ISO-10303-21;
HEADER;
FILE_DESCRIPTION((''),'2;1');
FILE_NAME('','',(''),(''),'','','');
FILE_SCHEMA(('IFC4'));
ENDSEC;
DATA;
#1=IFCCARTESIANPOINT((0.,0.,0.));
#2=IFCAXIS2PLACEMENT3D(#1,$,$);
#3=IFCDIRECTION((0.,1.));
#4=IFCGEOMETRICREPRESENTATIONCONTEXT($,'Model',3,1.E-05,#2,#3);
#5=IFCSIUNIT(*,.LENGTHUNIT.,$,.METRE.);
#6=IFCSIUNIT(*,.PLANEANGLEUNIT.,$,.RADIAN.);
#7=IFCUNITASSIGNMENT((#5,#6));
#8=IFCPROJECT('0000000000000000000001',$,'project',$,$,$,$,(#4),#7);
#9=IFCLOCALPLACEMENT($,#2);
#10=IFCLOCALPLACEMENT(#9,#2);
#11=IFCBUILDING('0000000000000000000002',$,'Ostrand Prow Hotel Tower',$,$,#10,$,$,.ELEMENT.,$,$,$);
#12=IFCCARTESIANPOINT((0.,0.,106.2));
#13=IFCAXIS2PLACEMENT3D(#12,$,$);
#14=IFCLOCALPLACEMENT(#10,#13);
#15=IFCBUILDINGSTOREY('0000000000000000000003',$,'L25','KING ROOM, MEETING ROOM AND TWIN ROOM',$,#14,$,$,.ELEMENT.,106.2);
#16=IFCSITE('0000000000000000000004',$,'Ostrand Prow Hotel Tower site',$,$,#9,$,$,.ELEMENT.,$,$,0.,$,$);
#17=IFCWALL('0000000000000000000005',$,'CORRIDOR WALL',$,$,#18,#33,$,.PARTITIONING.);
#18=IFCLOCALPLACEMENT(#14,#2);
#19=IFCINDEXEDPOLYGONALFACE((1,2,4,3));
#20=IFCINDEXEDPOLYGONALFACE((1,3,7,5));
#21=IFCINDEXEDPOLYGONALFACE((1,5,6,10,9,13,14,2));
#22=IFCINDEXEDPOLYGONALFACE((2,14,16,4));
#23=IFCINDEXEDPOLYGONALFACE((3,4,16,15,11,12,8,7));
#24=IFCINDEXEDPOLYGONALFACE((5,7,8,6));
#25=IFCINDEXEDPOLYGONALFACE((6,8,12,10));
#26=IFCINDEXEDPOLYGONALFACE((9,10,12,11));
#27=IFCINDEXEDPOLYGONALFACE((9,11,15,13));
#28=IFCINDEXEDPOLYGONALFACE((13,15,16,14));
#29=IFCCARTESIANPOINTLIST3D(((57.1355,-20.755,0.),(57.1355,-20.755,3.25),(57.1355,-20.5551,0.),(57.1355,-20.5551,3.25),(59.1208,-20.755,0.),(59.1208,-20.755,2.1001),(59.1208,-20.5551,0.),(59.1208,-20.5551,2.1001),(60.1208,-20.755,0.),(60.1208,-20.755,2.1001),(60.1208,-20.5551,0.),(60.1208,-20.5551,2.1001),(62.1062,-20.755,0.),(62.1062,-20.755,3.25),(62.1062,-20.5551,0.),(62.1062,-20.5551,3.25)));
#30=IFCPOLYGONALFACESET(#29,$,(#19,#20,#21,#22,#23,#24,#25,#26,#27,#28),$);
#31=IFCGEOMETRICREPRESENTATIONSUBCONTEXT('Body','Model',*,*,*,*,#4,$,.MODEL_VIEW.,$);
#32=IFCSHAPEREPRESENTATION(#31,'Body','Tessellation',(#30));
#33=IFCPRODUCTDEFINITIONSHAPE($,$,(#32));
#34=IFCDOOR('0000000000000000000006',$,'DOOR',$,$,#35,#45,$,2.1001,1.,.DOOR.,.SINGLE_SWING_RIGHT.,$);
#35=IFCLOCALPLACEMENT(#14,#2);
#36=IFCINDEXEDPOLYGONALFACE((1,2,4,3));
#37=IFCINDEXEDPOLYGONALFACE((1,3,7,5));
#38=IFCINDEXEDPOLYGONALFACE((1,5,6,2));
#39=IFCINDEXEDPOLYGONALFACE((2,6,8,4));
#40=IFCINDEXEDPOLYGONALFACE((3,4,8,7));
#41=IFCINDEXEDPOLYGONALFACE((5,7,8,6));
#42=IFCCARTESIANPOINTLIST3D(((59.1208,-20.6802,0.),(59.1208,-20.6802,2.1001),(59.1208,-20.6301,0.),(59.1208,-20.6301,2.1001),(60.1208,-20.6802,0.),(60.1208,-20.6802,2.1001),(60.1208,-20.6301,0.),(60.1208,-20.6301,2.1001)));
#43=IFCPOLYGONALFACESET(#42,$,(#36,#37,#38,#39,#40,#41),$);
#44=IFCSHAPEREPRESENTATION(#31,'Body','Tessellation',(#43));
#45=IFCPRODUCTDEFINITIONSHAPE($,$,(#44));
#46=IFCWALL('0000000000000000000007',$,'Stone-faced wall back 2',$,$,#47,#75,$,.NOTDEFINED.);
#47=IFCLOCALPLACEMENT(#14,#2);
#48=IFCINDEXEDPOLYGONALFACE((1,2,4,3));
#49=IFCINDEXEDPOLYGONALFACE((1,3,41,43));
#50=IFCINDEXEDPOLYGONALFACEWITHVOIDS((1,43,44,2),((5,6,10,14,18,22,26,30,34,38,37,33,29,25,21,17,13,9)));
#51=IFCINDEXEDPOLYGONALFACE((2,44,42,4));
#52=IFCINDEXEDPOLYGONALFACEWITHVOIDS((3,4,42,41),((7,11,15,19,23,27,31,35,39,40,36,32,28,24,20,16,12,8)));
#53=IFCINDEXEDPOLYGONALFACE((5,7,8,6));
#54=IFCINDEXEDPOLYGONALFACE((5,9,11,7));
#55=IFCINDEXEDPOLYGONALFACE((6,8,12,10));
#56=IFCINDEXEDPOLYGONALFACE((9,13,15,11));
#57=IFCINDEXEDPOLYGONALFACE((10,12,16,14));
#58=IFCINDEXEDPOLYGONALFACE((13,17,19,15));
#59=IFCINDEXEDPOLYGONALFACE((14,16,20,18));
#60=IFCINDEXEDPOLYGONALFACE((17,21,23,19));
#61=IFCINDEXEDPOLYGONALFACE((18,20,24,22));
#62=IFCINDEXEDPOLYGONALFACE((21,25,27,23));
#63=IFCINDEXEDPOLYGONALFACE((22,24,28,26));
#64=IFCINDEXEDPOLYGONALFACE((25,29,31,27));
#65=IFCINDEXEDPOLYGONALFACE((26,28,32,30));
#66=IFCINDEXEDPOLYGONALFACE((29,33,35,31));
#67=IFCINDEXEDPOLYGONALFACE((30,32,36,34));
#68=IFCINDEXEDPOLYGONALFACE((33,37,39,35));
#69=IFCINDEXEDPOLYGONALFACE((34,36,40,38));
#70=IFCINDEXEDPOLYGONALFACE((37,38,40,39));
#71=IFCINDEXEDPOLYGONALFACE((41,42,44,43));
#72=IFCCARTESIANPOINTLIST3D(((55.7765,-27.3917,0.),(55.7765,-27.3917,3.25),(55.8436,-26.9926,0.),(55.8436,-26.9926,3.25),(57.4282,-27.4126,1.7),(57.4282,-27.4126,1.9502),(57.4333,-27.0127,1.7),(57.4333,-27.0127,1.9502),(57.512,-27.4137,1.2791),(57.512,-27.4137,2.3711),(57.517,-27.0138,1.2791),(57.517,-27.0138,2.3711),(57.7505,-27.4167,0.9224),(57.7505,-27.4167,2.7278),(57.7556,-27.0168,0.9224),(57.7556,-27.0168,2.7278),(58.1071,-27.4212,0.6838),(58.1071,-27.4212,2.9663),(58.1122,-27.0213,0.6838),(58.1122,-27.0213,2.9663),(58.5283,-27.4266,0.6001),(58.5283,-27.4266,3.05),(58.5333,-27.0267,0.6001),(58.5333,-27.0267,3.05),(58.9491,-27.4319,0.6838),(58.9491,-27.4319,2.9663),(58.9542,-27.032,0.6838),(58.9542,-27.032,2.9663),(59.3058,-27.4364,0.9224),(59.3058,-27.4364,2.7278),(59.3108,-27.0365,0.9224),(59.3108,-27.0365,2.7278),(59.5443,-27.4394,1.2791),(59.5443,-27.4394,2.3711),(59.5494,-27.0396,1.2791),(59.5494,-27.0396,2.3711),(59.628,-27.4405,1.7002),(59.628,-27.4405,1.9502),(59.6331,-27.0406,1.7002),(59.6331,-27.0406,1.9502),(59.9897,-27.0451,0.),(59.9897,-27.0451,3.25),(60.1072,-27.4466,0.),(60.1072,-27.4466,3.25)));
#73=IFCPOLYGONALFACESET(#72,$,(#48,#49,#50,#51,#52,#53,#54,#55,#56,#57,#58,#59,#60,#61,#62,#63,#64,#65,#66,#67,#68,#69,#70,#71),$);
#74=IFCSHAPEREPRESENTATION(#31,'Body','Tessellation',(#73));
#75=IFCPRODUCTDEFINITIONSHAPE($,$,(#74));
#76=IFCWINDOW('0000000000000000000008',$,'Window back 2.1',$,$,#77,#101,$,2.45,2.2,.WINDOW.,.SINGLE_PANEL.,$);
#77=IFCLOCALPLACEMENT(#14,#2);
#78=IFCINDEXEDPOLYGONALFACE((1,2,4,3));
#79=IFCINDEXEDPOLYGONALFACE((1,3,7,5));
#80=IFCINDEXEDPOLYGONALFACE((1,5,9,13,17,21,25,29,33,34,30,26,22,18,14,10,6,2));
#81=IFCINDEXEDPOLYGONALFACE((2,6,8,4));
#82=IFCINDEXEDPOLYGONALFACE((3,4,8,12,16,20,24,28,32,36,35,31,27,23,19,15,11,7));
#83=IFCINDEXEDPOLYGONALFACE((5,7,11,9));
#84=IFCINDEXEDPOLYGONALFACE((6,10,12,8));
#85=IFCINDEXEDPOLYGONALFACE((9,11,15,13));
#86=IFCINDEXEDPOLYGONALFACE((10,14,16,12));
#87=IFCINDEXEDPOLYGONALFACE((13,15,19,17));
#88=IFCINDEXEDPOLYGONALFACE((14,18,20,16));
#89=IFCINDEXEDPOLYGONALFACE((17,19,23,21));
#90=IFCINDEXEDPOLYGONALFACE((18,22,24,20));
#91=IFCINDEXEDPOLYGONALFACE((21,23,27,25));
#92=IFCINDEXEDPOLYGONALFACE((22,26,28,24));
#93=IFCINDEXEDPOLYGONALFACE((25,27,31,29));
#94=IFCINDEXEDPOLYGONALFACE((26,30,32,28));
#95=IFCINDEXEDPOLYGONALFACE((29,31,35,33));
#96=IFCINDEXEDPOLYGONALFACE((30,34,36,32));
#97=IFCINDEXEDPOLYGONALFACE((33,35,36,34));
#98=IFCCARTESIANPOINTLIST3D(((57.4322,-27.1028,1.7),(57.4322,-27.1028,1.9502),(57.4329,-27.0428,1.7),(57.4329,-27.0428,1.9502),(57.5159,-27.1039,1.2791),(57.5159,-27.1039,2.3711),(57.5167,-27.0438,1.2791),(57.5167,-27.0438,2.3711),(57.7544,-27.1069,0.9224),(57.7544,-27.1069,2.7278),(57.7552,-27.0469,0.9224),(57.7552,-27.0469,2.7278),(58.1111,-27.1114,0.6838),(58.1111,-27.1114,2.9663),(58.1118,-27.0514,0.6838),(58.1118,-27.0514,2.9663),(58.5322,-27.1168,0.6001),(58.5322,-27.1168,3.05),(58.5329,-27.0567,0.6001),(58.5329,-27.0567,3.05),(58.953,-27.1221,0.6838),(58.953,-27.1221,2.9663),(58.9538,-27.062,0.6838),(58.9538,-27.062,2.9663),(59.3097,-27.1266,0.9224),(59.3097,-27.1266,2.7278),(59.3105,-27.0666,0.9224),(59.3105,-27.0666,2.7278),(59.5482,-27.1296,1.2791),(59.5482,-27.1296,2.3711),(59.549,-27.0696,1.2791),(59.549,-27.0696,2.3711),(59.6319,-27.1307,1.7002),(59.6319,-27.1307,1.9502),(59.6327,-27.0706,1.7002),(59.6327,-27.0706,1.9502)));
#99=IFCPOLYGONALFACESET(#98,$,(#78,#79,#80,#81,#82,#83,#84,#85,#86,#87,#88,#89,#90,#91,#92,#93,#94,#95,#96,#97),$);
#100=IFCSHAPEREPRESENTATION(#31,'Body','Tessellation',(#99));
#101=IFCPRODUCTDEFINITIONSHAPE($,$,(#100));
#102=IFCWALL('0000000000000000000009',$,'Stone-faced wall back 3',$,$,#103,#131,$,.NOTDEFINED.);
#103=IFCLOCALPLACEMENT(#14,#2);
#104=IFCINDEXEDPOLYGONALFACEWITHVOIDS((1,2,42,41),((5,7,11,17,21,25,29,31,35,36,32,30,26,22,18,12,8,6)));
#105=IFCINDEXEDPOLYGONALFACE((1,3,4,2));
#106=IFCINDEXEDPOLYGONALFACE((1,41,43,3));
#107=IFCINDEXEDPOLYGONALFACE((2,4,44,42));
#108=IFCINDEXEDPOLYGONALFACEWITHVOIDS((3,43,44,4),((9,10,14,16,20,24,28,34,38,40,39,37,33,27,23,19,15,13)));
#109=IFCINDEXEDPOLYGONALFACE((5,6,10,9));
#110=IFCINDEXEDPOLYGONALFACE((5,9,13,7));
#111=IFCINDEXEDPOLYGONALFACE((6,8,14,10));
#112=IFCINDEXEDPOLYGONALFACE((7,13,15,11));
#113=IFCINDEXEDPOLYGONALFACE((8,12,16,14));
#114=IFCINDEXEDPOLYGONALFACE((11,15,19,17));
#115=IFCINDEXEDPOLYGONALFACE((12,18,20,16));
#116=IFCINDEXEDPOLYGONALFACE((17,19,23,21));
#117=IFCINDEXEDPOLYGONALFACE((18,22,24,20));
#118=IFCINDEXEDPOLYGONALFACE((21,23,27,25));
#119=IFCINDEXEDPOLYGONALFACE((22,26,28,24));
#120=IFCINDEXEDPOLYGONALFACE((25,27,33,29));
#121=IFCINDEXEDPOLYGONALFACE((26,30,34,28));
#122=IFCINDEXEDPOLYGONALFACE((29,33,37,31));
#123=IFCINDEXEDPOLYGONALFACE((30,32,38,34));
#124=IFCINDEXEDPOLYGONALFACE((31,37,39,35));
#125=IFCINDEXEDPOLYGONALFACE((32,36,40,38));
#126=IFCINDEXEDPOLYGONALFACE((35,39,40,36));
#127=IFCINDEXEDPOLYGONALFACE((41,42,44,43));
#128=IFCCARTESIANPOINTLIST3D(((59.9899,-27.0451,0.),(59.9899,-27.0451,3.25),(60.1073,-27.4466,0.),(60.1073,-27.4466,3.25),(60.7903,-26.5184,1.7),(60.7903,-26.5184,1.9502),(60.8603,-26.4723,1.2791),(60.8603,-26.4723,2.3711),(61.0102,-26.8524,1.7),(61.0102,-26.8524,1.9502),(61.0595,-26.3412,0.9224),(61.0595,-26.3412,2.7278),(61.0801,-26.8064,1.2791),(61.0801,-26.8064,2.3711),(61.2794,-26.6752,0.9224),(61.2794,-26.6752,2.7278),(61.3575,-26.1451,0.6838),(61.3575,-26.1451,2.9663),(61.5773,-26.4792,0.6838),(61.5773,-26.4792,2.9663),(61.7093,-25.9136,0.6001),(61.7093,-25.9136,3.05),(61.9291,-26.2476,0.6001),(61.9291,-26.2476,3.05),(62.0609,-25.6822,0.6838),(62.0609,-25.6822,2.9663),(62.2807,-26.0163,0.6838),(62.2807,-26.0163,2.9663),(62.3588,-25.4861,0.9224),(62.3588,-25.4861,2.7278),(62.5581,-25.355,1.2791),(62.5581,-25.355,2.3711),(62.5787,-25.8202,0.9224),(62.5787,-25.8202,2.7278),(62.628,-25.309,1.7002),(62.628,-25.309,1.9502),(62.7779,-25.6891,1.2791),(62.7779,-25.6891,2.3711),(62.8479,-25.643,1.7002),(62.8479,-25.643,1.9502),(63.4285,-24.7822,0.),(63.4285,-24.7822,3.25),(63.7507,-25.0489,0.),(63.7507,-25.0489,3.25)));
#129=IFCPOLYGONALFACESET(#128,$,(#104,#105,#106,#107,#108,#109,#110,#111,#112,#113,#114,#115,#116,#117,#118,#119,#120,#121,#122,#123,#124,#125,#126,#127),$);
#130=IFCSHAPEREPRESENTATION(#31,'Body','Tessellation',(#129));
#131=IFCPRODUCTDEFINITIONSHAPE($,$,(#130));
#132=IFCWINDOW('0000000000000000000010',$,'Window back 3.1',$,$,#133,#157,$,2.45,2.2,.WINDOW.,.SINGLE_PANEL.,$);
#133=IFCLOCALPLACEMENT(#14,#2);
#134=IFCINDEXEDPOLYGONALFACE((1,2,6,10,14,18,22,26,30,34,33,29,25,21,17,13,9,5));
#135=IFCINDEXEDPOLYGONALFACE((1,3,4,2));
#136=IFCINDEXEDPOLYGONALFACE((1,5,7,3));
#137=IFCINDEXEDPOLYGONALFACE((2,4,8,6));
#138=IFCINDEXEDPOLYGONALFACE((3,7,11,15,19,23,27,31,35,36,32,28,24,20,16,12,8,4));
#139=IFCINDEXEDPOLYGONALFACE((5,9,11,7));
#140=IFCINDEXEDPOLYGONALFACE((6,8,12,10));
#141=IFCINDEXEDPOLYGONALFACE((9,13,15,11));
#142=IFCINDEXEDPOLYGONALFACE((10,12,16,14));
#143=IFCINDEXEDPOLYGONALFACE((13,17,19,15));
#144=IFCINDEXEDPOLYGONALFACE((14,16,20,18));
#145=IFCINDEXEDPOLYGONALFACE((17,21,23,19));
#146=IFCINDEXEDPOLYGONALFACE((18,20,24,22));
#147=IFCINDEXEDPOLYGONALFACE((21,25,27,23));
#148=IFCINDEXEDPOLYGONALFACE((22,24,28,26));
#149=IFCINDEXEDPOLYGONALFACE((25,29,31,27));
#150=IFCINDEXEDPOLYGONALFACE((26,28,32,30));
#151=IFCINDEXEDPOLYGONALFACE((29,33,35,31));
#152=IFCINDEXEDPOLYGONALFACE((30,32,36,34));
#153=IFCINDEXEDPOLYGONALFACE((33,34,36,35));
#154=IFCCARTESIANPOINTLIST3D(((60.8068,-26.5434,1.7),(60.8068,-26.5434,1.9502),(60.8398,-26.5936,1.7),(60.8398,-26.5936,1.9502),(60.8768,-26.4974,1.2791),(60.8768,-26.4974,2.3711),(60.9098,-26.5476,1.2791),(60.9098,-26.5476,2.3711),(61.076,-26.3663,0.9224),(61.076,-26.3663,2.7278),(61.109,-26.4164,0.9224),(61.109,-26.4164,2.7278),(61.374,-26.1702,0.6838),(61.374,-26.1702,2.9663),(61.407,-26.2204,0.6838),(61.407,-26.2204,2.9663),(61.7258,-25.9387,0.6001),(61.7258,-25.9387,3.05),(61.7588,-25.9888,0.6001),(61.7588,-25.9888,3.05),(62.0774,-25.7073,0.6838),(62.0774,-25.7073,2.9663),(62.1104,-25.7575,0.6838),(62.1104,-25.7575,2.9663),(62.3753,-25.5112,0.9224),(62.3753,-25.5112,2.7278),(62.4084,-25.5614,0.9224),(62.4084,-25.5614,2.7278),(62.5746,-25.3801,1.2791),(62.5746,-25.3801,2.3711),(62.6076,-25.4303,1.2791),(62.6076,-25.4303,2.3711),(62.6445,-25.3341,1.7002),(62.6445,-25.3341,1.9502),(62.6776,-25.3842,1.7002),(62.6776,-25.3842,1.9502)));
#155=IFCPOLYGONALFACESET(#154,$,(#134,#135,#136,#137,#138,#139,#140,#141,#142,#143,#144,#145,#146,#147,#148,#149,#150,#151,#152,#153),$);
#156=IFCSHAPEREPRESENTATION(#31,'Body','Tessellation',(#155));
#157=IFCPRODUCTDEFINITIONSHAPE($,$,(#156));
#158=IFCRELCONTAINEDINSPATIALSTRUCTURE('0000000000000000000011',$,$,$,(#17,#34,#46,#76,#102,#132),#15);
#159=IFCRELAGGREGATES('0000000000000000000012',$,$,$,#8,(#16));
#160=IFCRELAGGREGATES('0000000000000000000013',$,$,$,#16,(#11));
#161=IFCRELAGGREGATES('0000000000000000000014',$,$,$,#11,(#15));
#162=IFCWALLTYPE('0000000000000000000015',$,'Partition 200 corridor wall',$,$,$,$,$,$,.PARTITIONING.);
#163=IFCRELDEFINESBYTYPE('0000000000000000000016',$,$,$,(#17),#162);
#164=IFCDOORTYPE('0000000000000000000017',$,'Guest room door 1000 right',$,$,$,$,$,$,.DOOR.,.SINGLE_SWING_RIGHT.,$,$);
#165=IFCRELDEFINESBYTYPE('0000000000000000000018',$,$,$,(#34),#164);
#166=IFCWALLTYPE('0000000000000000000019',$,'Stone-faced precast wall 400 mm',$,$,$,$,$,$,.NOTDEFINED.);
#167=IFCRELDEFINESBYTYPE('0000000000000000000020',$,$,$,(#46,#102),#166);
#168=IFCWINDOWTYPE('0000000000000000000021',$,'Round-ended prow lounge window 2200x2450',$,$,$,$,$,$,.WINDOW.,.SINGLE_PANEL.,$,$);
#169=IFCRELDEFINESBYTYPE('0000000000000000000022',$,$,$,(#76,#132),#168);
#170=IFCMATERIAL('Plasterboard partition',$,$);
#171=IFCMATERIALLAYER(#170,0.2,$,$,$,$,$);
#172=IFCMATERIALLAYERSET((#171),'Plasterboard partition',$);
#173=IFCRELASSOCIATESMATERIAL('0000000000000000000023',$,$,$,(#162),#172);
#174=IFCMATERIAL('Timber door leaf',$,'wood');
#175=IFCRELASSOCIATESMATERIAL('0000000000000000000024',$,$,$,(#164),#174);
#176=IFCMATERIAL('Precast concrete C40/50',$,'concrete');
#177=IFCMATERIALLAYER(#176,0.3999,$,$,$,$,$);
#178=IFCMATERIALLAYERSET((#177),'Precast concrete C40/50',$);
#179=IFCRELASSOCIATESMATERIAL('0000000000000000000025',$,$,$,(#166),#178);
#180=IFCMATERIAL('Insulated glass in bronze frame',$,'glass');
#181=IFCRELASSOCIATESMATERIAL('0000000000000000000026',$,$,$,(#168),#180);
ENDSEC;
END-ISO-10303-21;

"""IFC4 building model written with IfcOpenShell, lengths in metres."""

from ifc_helpers import new_model, si_unit, direction, frame, frame_2d, origin, place, context, subcontext, project, spatial, polyline, rectangle, outline, extrude, material, layer, layer_set, type_object, element, fill, save


model = new_model("IFC4")

# Units and contexts
model_context = context("Model", 3, precision=1e-05, world=origin(), true_north=direction((0.0, 1.0)))
body_context = subcontext(model_context, "Body", "Model", "MODEL_VIEW")
ifc_project = project(units=[si_unit("LENGTHUNIT", "METRE"), si_unit("PLANEANGLEUNIT", "RADIAN")], contexts=[model_context])

# Site, building, storey
site_placement = place(None, origin())
site = spatial("IfcSite", under=ifc_project, at=site_placement, Name="Ostrand Prow Hotel Tower site", CompositionType="ELEMENT", RefElevation=0.0)
building_placement = place(site_placement, origin())
building = spatial("IfcBuilding", under=site, at=building_placement, Name="Ostrand Prow Hotel Tower", CompositionType="ELEMENT")
storey_placement = place(building_placement, frame((0.0, 0.0, 106.2)))
storey = spatial("IfcBuildingStorey", under=building, at=storey_placement, Name="L25", Description="KING ROOM, MEETING ROOM AND TWIN ROOM", CompositionType="ELEMENT", Elevation=106.2)

# Wall, opening, door
ifc_material_1 = material(Name="Plasterboard partition")
ifc_layer_1 = layer(ifc_material_1, 0.2)
ifc_layer_set_1 = layer_set([ifc_layer_1], Name="Plasterboard partition")
wall_type_1 = type_object("IfcWallType", Name="Partition 200 corridor wall", PredefinedType="PARTITIONING", material=ifc_layer_set_1)
wall_1_placement = place(storey_placement, frame((57.1355, -20.655, 0.0), z_axis=(0.0, 0.0, 1.0), x_axis=(1.0, 0.0, 0.0)))
wall_1 = element("IfcWall", 1, at=wall_1_placement, inside=storey, type_object=wall_type_1, Name="CORRIDOR WALL", PredefinedType="PARTITIONING", context=body_context, shape_type="SweptSolid", body=[
    extrude(rectangle(XDim=4.9707, YDim=0.2, at=frame_2d((2.4854, 0.0))), origin(), (0.0, 0.0, 1.0), 3.25),
])
opening_1_placement = place(wall_1_placement, frame((1.9854, 0.0, 0.0)))
opening_1 = element("IfcOpeningElement", 2, at=opening_1_placement, cuts=wall_1, PredefinedType="OPENING", context=body_context, shape_type="SweptSolid", body=[
    extrude(rectangle(XDim=1.0, YDim=2.1001, at=frame_2d((0.5, 1.05))), frame((0.0, 0.1099, 0.0), z_axis=(0.0, -1.0, 0.0), x_axis=(1.0, 0.0, 0.0)), (0.0, 0.0, 1.0), 0.22),
])
ifc_material_2 = material(Name="Timber door leaf", Category="wood")
door_type_1 = type_object("IfcDoorType", Name="Guest room door 1000 right", OperationType="SINGLE_SWING_RIGHT", PredefinedType="DOOR", material=ifc_material_2)
door_1_placement = place(opening_1_placement, origin())
door_1 = element("IfcDoor", 3, at=door_1_placement, inside=storey, type_object=door_type_1, Name="DOOR", OperationType="SINGLE_SWING_RIGHT", OverallHeight=2.1001, OverallWidth=1.0, PredefinedType="DOOR", context=body_context, shape_type="SweptSolid", body=[
    extrude(rectangle(XDim=1.0, YDim=2.1001, at=frame_2d((0.5, 1.05))), frame((0.0, 0.0249, 0.0), z_axis=(0.0, -1.0, 0.0), x_axis=(1.0, 0.0, 0.0)), (0.0, 0.0, 1.0), 0.05),
])
fill(opening_1, door_1)

# Walls, openings, windows
ifc_material_3 = material(Name="Precast concrete C40/50", Category="concrete")
ifc_layer_2 = layer(ifc_material_3, 0.3999)
ifc_layer_set_2 = layer_set([ifc_layer_2], Name="Precast concrete C40/50")
wall_type_2 = type_object("IfcWallType", Name="Stone-faced precast wall 400 mm", PredefinedType="NOTDEFINED", material=ifc_layer_set_2)
wall_2_placement = place(storey_placement, frame((55.8101, -27.1921, 0.0), z_axis=(0.0, 0.0, 1.0), x_axis=(0.99992, -0.012671, 0.0)))
wall_2 = element("IfcWall", 4, at=wall_2_placement, inside=storey, type_object=wall_type_2, Name="Stone-faced wall back 2", PredefinedType="NOTDEFINED", context=body_context, shape_type="SweptSolid", body=[
    extrude(outline(polyline([(-0.031, -0.2), (4.3, -0.2), (4.1775, 0.2), (0.031, 0.2), (-0.031, -0.2)])), origin(), (0.0, 0.0, 1.0), 3.25),
])
opening_2_placement = place(wall_2_placement, frame((1.6208, 0.0, 0.6001)))
opening_2 = element("IfcOpeningElement", 5, at=opening_2_placement, cuts=wall_2, PredefinedType="OPENING", context=body_context, shape_type="SweptSolid", body=[
    extrude(outline(polyline([(0.0, 1.3501), (0.0837, 1.771), (0.3223, 2.1277), (0.679, 2.3662), (1.1001, 2.45), (1.521, 2.3662), (1.8777, 2.1277), (2.1162, 1.771), (2.2, 1.3501), (2.2, 1.1001), (2.1162, 0.679), (1.8777, 0.3223), (1.521, 0.0837), (1.1001, 0.0), (0.679, 0.0837), (0.3223, 0.3223), (0.0837, 0.679), (0.0, 1.0999), (0.0, 1.3501)])), frame((0.0, 0.21, 0.0), z_axis=(0.0, -1.0, 0.0), x_axis=(1.0, 0.0, 0.0)), (0.0, 0.0, 1.0), 0.4199),
])
ifc_material_4 = material(Name="Insulated glass in bronze frame", Category="glass")
window_type_1 = type_object("IfcWindowType", Name="Round-ended prow lounge window 2200x2450", PartitioningType="SINGLE_PANEL", PredefinedType="WINDOW", material=ifc_material_4)
window_1_placement = place(opening_2_placement, origin())
window_1 = element("IfcWindow", 6, at=window_1_placement, inside=storey, type_object=window_type_1, Name="Window back 2.1", OverallHeight=2.45, OverallWidth=2.2, PartitioningType="SINGLE_PANEL", PredefinedType="WINDOW", context=body_context, shape_type="SweptSolid", body=[
    extrude(outline(polyline([(0.0, 1.3501), (0.0837, 1.771), (0.3223, 2.1277), (0.679, 2.3662), (1.1001, 2.45), (1.521, 2.3662), (1.8777, 2.1277), (2.1162, 1.771), (2.2, 1.3501), (2.2, 1.1001), (2.1162, 0.679), (1.8777, 0.3223), (1.521, 0.0837), (1.1001, 0.0), (0.679, 0.0837), (0.3223, 0.3223), (0.0837, 0.679), (0.0, 1.0999), (0.0, 1.3501)])), frame((0.0, 0.1699, 0.0), z_axis=(0.0, -1.0, 0.0), x_axis=(1.0, 0.0, 0.0)), (0.0, 0.0, 1.0), 0.0601),
])
fill(opening_2, window_1)
wall_3_placement = place(storey_placement, frame((60.0486, -27.2458, 0.0), z_axis=(0.0, 0.0, 1.0), x_axis=(0.835341, 0.549733, 0.0)))
wall_3 = element("IfcWall", 7, at=wall_3_placement, inside=storey, type_object=wall_type_2, Name="Stone-faced wall back 3", PredefinedType="NOTDEFINED", context=body_context, shape_type="SweptSolid", body=[
    extrude(outline(polyline([(-0.0613, -0.2), (4.3003, -0.2), (4.1777, 0.2), (0.0613, 0.2), (-0.0613, -0.2)])), origin(), (0.0, 0.0, 1.0), 3.25),
])
opening_3_placement = place(wall_3_placement, frame((1.0195, 0.0, 0.6001)))
opening_3 = element("IfcOpeningElement", 8, at=opening_3_placement, cuts=wall_3, PredefinedType="OPENING", context=body_context, shape_type="SweptSolid", body=[
    extrude(outline(polyline([(0.0, 1.3501), (0.0837, 1.771), (0.3223, 2.1277), (0.679, 2.3662), (1.1001, 2.45), (1.521, 2.3662), (1.8777, 2.1277), (2.1162, 1.771), (2.2, 1.3501), (2.2, 1.1001), (2.1162, 0.679), (1.8777, 0.3223), (1.521, 0.0837), (1.1001, 0.0), (0.679, 0.0837), (0.3223, 0.3223), (0.0837, 0.679), (0.0, 1.0999), (0.0, 1.3501)])), frame((0.0, 0.21, 0.0), z_axis=(0.0, -1.0, 0.0), x_axis=(1.0, 0.0, 0.0)), (0.0, 0.0, 1.0), 0.4199),
])
window_2_placement = place(opening_3_placement, origin())
window_2 = element("IfcWindow", 9, at=window_2_placement, inside=storey, type_object=window_type_1, Name="Window back 3.1", OverallHeight=2.45, OverallWidth=2.2, PartitioningType="SINGLE_PANEL", PredefinedType="WINDOW", context=body_context, shape_type="SweptSolid", body=[
    extrude(outline(polyline([(0.0, 1.3501), (0.0837, 1.771), (0.3223, 2.1277), (0.679, 2.3662), (1.1001, 2.45), (1.521, 2.3662), (1.8777, 2.1277), (2.1162, 1.771), (2.2, 1.3501), (2.2, 1.1001), (2.1162, 0.679), (1.8777, 0.3223), (1.521, 0.0837), (1.1001, 0.0), (0.679, 0.0837), (0.3223, 0.3223), (0.0837, 0.679), (0.0, 1.0999), (0.0, 1.3501)])), frame((0.0, 0.1699, 0.0), z_axis=(0.0, -1.0, 0.0), x_axis=(1.0, 0.0, 0.0)), (0.0, 0.0, 1.0), 0.0601),
])
fill(opening_3, window_2)

save(model, "model.ifc")
